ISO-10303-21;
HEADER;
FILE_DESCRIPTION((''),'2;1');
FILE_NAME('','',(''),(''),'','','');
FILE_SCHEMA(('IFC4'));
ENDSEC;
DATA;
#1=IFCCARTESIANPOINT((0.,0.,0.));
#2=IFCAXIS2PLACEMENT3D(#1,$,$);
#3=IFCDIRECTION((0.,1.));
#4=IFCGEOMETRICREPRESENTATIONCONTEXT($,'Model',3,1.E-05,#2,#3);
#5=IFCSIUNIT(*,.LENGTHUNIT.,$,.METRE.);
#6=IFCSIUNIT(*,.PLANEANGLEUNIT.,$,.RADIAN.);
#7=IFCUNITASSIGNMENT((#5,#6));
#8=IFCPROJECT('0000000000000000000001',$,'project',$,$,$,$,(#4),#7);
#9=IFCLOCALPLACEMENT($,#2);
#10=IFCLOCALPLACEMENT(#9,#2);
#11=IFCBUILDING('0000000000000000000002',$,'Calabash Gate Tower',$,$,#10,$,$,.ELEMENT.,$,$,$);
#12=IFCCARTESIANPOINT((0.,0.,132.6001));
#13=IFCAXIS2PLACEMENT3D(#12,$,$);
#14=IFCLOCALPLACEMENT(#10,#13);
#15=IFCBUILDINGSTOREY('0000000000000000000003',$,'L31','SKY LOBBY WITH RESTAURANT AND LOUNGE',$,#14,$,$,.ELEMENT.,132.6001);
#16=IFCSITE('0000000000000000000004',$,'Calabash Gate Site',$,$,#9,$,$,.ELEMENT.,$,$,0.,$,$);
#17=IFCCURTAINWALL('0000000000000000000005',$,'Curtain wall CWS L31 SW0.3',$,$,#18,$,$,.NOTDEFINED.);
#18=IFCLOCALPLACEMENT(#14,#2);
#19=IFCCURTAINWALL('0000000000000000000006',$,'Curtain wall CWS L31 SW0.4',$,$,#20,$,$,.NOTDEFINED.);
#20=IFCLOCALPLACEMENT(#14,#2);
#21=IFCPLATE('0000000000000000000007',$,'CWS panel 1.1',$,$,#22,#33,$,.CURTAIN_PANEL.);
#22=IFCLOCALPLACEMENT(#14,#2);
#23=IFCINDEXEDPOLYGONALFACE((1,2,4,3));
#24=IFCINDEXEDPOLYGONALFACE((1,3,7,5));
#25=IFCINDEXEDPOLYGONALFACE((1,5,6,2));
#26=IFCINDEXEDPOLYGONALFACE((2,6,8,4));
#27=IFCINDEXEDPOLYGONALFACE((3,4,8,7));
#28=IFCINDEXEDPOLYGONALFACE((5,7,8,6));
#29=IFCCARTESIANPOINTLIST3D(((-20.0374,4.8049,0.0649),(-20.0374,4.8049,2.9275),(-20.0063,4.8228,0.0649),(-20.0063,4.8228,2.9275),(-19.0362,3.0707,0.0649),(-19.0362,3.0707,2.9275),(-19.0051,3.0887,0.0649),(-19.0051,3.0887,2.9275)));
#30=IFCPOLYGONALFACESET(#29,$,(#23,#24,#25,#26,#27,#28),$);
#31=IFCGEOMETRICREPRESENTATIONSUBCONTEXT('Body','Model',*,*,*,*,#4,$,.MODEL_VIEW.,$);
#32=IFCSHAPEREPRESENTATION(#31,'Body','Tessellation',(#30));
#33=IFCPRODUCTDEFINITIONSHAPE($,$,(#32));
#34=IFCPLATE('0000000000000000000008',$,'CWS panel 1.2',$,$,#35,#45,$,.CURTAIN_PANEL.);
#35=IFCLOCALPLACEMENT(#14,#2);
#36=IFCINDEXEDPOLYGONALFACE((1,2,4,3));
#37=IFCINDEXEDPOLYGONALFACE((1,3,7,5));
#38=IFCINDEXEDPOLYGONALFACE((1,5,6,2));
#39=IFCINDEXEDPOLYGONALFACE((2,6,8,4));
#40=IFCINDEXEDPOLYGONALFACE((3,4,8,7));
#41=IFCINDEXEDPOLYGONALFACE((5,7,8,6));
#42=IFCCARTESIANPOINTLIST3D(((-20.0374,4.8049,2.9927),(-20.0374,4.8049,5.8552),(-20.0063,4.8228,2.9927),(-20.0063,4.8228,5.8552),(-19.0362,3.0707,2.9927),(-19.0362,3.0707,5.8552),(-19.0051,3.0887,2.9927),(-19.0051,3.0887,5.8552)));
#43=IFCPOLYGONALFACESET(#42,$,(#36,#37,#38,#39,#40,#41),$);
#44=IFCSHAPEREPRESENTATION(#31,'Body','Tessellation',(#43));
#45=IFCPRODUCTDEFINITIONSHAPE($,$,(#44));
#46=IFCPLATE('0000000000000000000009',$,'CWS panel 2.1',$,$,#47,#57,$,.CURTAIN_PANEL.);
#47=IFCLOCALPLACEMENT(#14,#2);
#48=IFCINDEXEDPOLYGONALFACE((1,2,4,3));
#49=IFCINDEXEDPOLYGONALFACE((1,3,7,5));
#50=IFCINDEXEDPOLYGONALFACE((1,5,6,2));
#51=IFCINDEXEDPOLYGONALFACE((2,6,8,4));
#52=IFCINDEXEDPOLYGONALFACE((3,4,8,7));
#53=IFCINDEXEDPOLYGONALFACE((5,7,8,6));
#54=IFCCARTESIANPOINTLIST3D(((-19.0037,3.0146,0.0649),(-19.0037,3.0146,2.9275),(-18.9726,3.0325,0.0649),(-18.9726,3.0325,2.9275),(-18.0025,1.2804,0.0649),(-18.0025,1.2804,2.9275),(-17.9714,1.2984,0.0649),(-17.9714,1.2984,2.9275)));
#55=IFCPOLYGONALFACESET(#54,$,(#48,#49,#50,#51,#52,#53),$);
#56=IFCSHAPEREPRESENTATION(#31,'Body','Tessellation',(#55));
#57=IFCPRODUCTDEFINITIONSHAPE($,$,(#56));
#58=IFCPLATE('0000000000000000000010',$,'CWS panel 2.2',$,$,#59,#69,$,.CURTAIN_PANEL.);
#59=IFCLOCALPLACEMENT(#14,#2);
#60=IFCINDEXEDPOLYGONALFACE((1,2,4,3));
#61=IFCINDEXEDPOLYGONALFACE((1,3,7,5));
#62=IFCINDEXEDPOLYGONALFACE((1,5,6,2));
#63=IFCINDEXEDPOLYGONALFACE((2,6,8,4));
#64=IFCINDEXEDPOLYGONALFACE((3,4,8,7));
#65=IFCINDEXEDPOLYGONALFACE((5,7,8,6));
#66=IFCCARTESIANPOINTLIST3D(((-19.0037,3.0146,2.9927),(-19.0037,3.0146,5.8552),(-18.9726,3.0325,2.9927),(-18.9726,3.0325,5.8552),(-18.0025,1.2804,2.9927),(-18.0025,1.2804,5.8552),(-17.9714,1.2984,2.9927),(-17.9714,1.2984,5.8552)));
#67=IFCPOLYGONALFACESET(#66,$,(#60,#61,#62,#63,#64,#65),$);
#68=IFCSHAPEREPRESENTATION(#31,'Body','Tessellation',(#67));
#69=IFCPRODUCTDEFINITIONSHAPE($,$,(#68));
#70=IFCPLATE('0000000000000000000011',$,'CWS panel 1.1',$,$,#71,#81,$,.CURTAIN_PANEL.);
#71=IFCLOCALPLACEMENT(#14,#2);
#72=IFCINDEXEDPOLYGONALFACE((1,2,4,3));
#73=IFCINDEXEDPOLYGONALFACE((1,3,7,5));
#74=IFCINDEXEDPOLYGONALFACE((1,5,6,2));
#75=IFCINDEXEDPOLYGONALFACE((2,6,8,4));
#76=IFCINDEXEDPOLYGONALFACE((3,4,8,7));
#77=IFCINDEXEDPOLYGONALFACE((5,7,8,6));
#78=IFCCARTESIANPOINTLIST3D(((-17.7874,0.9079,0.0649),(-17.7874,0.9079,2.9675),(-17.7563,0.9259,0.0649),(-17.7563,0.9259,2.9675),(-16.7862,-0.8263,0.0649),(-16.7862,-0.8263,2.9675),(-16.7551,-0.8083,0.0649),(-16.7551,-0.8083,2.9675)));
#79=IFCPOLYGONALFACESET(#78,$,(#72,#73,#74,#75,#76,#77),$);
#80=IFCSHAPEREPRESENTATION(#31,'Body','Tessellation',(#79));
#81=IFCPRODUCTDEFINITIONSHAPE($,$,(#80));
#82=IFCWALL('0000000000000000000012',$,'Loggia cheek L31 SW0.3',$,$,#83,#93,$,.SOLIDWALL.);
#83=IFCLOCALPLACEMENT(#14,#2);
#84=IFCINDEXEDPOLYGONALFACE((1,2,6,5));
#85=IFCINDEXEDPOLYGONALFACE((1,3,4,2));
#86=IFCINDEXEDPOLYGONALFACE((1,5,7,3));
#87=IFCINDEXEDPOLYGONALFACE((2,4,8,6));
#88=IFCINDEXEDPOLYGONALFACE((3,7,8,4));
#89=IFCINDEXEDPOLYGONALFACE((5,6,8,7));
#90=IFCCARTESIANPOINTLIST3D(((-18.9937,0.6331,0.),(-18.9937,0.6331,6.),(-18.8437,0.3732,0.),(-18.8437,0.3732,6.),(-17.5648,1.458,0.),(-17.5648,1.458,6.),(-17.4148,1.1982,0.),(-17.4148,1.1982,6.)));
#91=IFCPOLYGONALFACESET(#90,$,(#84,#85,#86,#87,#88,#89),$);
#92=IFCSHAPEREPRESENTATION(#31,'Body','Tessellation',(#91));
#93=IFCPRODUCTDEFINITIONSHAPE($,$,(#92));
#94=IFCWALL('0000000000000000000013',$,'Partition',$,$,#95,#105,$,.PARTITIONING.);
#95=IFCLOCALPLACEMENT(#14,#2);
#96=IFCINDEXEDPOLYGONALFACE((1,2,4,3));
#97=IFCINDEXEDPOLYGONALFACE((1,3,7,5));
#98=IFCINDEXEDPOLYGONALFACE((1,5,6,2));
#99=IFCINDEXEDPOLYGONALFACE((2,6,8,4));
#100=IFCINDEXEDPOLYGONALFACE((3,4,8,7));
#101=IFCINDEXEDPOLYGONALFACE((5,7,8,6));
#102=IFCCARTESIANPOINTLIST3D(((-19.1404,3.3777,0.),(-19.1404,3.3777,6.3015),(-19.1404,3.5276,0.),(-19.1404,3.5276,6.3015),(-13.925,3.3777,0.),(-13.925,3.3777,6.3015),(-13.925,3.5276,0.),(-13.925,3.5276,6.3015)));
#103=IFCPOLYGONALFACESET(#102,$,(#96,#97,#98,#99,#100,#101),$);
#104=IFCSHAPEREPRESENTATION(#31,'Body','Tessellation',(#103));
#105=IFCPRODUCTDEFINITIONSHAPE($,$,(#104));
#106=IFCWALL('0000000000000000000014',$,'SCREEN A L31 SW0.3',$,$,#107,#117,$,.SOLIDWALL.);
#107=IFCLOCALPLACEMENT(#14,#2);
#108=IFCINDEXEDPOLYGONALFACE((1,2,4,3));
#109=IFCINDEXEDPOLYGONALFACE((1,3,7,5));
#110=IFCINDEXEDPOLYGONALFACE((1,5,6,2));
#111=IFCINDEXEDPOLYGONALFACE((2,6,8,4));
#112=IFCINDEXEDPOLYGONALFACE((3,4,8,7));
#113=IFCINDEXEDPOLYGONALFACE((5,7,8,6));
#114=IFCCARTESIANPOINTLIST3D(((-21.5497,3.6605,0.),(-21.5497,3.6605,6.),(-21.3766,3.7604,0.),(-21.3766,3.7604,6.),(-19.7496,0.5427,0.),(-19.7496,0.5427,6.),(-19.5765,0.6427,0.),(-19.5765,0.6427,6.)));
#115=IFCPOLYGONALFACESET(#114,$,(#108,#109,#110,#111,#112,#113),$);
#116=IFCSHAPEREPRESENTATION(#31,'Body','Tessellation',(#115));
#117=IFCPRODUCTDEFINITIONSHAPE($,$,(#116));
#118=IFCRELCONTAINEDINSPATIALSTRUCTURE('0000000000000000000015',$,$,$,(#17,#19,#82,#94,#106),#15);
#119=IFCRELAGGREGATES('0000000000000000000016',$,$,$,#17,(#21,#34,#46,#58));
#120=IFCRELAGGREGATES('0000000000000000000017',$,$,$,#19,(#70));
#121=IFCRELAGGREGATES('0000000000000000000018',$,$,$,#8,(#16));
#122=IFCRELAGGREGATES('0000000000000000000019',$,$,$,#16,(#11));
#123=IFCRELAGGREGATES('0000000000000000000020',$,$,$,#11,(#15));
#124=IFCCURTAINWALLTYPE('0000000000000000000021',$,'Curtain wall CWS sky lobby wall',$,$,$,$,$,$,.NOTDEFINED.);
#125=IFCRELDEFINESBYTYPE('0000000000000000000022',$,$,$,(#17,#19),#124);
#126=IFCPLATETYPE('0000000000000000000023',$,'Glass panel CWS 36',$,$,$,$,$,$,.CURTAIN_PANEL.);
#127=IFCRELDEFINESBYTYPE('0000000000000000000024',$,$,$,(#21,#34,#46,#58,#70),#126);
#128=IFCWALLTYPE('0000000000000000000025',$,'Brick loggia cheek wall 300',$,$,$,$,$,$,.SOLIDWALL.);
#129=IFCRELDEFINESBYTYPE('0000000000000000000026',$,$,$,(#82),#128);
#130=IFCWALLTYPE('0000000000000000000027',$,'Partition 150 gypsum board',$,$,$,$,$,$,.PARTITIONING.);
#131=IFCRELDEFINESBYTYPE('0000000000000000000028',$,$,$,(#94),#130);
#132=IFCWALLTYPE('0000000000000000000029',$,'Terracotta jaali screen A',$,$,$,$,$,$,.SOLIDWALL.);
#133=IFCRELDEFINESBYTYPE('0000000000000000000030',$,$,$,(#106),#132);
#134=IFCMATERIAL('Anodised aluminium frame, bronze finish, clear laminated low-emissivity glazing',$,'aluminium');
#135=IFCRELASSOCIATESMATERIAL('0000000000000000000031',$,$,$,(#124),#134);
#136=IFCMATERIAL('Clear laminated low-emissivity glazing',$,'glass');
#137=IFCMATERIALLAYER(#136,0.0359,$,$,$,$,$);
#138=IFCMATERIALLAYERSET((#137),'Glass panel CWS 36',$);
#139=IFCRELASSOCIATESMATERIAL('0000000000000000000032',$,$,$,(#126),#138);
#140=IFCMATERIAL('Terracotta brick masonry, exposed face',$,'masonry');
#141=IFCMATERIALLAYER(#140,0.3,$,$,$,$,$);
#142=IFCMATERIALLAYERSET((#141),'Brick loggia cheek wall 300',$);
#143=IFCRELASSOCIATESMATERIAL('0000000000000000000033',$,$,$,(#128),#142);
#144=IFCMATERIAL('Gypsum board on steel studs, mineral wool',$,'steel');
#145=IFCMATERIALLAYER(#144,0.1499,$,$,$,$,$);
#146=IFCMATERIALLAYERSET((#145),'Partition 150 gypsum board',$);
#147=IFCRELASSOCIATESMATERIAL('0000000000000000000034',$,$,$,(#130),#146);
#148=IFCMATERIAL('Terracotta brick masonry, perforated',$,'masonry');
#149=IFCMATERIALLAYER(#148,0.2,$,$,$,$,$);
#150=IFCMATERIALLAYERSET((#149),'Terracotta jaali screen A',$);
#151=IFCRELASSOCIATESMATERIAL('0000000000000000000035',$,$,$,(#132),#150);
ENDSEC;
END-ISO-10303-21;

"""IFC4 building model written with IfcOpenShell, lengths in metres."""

from ifc_helpers import new_model, si_unit, direction, frame, frame_2d, origin, origin_2d, place, context, subcontext, project, spatial, rectangle, extrude, material, layer, layer_set, type_object, element, aggregate, save


model = new_model("IFC4")

# Units and contexts
model_context = context("Model", 3, precision=1e-05, world=origin(), true_north=direction((0.0, 1.0)))
body_context = subcontext(model_context, "Body", "Model", "MODEL_VIEW")
ifc_project = project(units=[si_unit("LENGTHUNIT", "METRE"), si_unit("PLANEANGLEUNIT", "RADIAN")], contexts=[model_context])

# Site, building, storey
site_placement = place(None, origin())
site = spatial("IfcSite", under=ifc_project, at=site_placement, Name="Calabash Gate Site", CompositionType="ELEMENT", RefElevation=0.0)
building_placement = place(site_placement, origin())
building = spatial("IfcBuilding", under=site, at=building_placement, Name="Calabash Gate Tower", CompositionType="ELEMENT")
storey_placement = place(building_placement, frame((0.0, 0.0, 132.6001)))
storey = spatial("IfcBuildingStorey", under=building, at=storey_placement, Name="L31", Description="SKY LOBBY WITH RESTAURANT AND LOUNGE", CompositionType="ELEMENT", Elevation=132.6001)

# Curtain wall
ifc_material_1 = material(Name="Anodised aluminium frame, bronze finish, clear laminated low-emissivity glazing", Category="aluminium")
curtain_wall_type = type_object("IfcCurtainWallType", Name="Curtain wall CWS sky lobby wall", PredefinedType="NOTDEFINED", material=ifc_material_1)
curtain_wall_1_placement = place(storey_placement, origin())
curtain_wall_1 = element("IfcCurtainWall", 1, at=curtain_wall_1_placement, inside=storey, type_object=curtain_wall_type, Name="Curtain wall CWS L31 SW0.3", PredefinedType="NOTDEFINED")

# Curtain wall
curtain_wall_2_placement = place(storey_placement, origin())
curtain_wall_2 = element("IfcCurtainWall", 2, at=curtain_wall_2_placement, inside=storey, type_object=curtain_wall_type, Name="Curtain wall CWS L31 SW0.4", PredefinedType="NOTDEFINED")

# Plates
ifc_material_2 = material(Name="Clear laminated low-emissivity glazing", Category="glass")
ifc_layer_1 = layer(ifc_material_2, 0.0359)
ifc_layer_set_1 = layer_set([ifc_layer_1], Name="Glass panel CWS 36")
plate_type = type_object("IfcPlateType", Name="Glass panel CWS 36", PredefinedType="CURTAIN_PANEL", material=ifc_layer_set_1)
plate_1_placement = place(storey_placement, frame((-19.5212, 3.9468, 0.0649), z_axis=(0.0, 0.0, 1.0), x_axis=(0.5, -0.866025, 0.0)))
plate_1 = element("IfcPlate", 3, at=plate_1_placement, type_object=plate_type, Name="CWS panel 1.1", PredefinedType="CURTAIN_PANEL", context=body_context, shape_type="SweptSolid", body=[
    extrude(rectangle(XDim=2.0024, YDim=0.0359, at=origin_2d()), origin(), (0.0, 0.0, 1.0), 2.8625),
])
plate_2_placement = place(storey_placement, frame((-19.5212, 3.9468, 2.9927), z_axis=(0.0, 0.0, 1.0), x_axis=(0.5, -0.866025, 0.0)))
plate_2 = element("IfcPlate", 4, at=plate_2_placement, type_object=plate_type, Name="CWS panel 1.2", PredefinedType="CURTAIN_PANEL", context=body_context, shape_type="SweptSolid", body=[
    extrude(rectangle(XDim=2.0024, YDim=0.0359, at=origin_2d()), origin(), (0.0, 0.0, 1.0), 2.8625),
])
plate_3_placement = place(storey_placement, frame((-18.4875, 2.1565, 0.0649), z_axis=(0.0, 0.0, 1.0), x_axis=(0.5, -0.866025, 0.0)))
plate_3 = element("IfcPlate", 5, at=plate_3_placement, type_object=plate_type, Name="CWS panel 2.1", PredefinedType="CURTAIN_PANEL", context=body_context, shape_type="SweptSolid", body=[
    extrude(rectangle(XDim=2.0024, YDim=0.0359, at=origin_2d()), origin(), (0.0, 0.0, 1.0), 2.8625),
])
plate_4_placement = place(storey_placement, frame((-18.4875, 2.1565, 2.9927), z_axis=(0.0, 0.0, 1.0), x_axis=(0.5, -0.866025, 0.0)))
plate_4 = element("IfcPlate", 6, at=plate_4_placement, type_object=plate_type, Name="CWS panel 2.2", PredefinedType="CURTAIN_PANEL", context=body_context, shape_type="SweptSolid", body=[
    extrude(rectangle(XDim=2.0024, YDim=0.0359, at=origin_2d()), origin(), (0.0, 0.0, 1.0), 2.8625),
])
aggregate(curtain_wall_1, [plate_1, plate_2, plate_3, plate_4])
plate_5_placement = place(storey_placement, frame((-17.2712, 0.0498, 0.0649), z_axis=(0.0, 0.0, 1.0), x_axis=(0.5, -0.866025, 0.0)))
plate_5 = element("IfcPlate", 7, at=plate_5_placement, type_object=plate_type, Name="CWS panel 1.1", PredefinedType="CURTAIN_PANEL", context=body_context, shape_type="SweptSolid", body=[
    extrude(rectangle(XDim=2.0024, YDim=0.0359, at=origin_2d()), origin(), (0.0, 0.0, 1.0), 2.9026),
])
aggregate(curtain_wall_2, [plate_5])

# Walls
ifc_material_3 = material(Name="Terracotta brick masonry, exposed face", Category="masonry")
ifc_layer_2 = layer(ifc_material_3, 0.3)
ifc_layer_set_2 = layer_set([ifc_layer_2], Name="Brick loggia cheek wall 300")
wall_type_1 = type_object("IfcWallType", Name="Brick loggia cheek wall 300", PredefinedType="SOLIDWALL", material=ifc_layer_set_2)
wall_1_placement = place(storey_placement, frame((-18.9187, 0.5032, 0.0), z_axis=(0.0, 0.0, 1.0), x_axis=(0.86604, 0.499974, 0.0)))
element("IfcWall", 8, at=wall_1_placement, inside=storey, type_object=wall_type_1, Name="Loggia cheek L31 SW0.3", PredefinedType="SOLIDWALL", context=body_context, shape_type="SweptSolid", body=[
    extrude(rectangle(XDim=1.6499, YDim=0.3, at=frame_2d((0.825, 0.0))), origin(), (0.0, 0.0, 1.0), 6.0),
])
ifc_material_4 = material(Name="Gypsum board on steel studs, mineral wool", Category="steel")
ifc_layer_3 = layer(ifc_material_4, 0.1499)
ifc_layer_set_3 = layer_set([ifc_layer_3], Name="Partition 150 gypsum board")
wall_type_2 = type_object("IfcWallType", Name="Partition 150 gypsum board", PredefinedType="PARTITIONING", material=ifc_layer_set_3)
wall_2_placement = place(storey_placement, frame((-19.1404, 3.4526, 0.0), z_axis=(0.0, 0.0, 1.0), x_axis=(1.0, 0.0, 0.0)))
element("IfcWall", 9, at=wall_2_placement, inside=storey, type_object=wall_type_2, Name="Partition", PredefinedType="PARTITIONING", context=body_context, shape_type="SweptSolid", body=[
    extrude(rectangle(XDim=5.2153, YDim=0.1499, at=frame_2d((2.6077, 0.0))), origin(), (0.0, 0.0, 1.0), 6.3015),
])
ifc_material_5 = material(Name="Terracotta brick masonry, perforated", Category="masonry")
ifc_layer_4 = layer(ifc_material_5, 0.2)
ifc_layer_set_4 = layer_set([ifc_layer_4], Name="Terracotta jaali screen A")
wall_type_3 = type_object("IfcWallType", Name="Terracotta jaali screen A", PredefinedType="SOLIDWALL", material=ifc_layer_set_4)
wall_3_placement = place(storey_placement, frame((-21.4631, 3.7104, 0.0), z_axis=(0.0, 0.0, 1.0), x_axis=(0.500012, -0.866018, 0.0)))
element("IfcWall", 10, at=wall_3_placement, inside=storey, type_object=wall_type_3, Name="SCREEN A L31 SW0.3", PredefinedType="SOLIDWALL", context=body_context, shape_type="SweptSolid", body=[
    extrude(rectangle(XDim=3.6001, YDim=0.2, at=frame_2d((1.8, 0.0))), origin(), (0.0, 0.0, 1.0), 6.0),
])

save(model, "model.ifc")
